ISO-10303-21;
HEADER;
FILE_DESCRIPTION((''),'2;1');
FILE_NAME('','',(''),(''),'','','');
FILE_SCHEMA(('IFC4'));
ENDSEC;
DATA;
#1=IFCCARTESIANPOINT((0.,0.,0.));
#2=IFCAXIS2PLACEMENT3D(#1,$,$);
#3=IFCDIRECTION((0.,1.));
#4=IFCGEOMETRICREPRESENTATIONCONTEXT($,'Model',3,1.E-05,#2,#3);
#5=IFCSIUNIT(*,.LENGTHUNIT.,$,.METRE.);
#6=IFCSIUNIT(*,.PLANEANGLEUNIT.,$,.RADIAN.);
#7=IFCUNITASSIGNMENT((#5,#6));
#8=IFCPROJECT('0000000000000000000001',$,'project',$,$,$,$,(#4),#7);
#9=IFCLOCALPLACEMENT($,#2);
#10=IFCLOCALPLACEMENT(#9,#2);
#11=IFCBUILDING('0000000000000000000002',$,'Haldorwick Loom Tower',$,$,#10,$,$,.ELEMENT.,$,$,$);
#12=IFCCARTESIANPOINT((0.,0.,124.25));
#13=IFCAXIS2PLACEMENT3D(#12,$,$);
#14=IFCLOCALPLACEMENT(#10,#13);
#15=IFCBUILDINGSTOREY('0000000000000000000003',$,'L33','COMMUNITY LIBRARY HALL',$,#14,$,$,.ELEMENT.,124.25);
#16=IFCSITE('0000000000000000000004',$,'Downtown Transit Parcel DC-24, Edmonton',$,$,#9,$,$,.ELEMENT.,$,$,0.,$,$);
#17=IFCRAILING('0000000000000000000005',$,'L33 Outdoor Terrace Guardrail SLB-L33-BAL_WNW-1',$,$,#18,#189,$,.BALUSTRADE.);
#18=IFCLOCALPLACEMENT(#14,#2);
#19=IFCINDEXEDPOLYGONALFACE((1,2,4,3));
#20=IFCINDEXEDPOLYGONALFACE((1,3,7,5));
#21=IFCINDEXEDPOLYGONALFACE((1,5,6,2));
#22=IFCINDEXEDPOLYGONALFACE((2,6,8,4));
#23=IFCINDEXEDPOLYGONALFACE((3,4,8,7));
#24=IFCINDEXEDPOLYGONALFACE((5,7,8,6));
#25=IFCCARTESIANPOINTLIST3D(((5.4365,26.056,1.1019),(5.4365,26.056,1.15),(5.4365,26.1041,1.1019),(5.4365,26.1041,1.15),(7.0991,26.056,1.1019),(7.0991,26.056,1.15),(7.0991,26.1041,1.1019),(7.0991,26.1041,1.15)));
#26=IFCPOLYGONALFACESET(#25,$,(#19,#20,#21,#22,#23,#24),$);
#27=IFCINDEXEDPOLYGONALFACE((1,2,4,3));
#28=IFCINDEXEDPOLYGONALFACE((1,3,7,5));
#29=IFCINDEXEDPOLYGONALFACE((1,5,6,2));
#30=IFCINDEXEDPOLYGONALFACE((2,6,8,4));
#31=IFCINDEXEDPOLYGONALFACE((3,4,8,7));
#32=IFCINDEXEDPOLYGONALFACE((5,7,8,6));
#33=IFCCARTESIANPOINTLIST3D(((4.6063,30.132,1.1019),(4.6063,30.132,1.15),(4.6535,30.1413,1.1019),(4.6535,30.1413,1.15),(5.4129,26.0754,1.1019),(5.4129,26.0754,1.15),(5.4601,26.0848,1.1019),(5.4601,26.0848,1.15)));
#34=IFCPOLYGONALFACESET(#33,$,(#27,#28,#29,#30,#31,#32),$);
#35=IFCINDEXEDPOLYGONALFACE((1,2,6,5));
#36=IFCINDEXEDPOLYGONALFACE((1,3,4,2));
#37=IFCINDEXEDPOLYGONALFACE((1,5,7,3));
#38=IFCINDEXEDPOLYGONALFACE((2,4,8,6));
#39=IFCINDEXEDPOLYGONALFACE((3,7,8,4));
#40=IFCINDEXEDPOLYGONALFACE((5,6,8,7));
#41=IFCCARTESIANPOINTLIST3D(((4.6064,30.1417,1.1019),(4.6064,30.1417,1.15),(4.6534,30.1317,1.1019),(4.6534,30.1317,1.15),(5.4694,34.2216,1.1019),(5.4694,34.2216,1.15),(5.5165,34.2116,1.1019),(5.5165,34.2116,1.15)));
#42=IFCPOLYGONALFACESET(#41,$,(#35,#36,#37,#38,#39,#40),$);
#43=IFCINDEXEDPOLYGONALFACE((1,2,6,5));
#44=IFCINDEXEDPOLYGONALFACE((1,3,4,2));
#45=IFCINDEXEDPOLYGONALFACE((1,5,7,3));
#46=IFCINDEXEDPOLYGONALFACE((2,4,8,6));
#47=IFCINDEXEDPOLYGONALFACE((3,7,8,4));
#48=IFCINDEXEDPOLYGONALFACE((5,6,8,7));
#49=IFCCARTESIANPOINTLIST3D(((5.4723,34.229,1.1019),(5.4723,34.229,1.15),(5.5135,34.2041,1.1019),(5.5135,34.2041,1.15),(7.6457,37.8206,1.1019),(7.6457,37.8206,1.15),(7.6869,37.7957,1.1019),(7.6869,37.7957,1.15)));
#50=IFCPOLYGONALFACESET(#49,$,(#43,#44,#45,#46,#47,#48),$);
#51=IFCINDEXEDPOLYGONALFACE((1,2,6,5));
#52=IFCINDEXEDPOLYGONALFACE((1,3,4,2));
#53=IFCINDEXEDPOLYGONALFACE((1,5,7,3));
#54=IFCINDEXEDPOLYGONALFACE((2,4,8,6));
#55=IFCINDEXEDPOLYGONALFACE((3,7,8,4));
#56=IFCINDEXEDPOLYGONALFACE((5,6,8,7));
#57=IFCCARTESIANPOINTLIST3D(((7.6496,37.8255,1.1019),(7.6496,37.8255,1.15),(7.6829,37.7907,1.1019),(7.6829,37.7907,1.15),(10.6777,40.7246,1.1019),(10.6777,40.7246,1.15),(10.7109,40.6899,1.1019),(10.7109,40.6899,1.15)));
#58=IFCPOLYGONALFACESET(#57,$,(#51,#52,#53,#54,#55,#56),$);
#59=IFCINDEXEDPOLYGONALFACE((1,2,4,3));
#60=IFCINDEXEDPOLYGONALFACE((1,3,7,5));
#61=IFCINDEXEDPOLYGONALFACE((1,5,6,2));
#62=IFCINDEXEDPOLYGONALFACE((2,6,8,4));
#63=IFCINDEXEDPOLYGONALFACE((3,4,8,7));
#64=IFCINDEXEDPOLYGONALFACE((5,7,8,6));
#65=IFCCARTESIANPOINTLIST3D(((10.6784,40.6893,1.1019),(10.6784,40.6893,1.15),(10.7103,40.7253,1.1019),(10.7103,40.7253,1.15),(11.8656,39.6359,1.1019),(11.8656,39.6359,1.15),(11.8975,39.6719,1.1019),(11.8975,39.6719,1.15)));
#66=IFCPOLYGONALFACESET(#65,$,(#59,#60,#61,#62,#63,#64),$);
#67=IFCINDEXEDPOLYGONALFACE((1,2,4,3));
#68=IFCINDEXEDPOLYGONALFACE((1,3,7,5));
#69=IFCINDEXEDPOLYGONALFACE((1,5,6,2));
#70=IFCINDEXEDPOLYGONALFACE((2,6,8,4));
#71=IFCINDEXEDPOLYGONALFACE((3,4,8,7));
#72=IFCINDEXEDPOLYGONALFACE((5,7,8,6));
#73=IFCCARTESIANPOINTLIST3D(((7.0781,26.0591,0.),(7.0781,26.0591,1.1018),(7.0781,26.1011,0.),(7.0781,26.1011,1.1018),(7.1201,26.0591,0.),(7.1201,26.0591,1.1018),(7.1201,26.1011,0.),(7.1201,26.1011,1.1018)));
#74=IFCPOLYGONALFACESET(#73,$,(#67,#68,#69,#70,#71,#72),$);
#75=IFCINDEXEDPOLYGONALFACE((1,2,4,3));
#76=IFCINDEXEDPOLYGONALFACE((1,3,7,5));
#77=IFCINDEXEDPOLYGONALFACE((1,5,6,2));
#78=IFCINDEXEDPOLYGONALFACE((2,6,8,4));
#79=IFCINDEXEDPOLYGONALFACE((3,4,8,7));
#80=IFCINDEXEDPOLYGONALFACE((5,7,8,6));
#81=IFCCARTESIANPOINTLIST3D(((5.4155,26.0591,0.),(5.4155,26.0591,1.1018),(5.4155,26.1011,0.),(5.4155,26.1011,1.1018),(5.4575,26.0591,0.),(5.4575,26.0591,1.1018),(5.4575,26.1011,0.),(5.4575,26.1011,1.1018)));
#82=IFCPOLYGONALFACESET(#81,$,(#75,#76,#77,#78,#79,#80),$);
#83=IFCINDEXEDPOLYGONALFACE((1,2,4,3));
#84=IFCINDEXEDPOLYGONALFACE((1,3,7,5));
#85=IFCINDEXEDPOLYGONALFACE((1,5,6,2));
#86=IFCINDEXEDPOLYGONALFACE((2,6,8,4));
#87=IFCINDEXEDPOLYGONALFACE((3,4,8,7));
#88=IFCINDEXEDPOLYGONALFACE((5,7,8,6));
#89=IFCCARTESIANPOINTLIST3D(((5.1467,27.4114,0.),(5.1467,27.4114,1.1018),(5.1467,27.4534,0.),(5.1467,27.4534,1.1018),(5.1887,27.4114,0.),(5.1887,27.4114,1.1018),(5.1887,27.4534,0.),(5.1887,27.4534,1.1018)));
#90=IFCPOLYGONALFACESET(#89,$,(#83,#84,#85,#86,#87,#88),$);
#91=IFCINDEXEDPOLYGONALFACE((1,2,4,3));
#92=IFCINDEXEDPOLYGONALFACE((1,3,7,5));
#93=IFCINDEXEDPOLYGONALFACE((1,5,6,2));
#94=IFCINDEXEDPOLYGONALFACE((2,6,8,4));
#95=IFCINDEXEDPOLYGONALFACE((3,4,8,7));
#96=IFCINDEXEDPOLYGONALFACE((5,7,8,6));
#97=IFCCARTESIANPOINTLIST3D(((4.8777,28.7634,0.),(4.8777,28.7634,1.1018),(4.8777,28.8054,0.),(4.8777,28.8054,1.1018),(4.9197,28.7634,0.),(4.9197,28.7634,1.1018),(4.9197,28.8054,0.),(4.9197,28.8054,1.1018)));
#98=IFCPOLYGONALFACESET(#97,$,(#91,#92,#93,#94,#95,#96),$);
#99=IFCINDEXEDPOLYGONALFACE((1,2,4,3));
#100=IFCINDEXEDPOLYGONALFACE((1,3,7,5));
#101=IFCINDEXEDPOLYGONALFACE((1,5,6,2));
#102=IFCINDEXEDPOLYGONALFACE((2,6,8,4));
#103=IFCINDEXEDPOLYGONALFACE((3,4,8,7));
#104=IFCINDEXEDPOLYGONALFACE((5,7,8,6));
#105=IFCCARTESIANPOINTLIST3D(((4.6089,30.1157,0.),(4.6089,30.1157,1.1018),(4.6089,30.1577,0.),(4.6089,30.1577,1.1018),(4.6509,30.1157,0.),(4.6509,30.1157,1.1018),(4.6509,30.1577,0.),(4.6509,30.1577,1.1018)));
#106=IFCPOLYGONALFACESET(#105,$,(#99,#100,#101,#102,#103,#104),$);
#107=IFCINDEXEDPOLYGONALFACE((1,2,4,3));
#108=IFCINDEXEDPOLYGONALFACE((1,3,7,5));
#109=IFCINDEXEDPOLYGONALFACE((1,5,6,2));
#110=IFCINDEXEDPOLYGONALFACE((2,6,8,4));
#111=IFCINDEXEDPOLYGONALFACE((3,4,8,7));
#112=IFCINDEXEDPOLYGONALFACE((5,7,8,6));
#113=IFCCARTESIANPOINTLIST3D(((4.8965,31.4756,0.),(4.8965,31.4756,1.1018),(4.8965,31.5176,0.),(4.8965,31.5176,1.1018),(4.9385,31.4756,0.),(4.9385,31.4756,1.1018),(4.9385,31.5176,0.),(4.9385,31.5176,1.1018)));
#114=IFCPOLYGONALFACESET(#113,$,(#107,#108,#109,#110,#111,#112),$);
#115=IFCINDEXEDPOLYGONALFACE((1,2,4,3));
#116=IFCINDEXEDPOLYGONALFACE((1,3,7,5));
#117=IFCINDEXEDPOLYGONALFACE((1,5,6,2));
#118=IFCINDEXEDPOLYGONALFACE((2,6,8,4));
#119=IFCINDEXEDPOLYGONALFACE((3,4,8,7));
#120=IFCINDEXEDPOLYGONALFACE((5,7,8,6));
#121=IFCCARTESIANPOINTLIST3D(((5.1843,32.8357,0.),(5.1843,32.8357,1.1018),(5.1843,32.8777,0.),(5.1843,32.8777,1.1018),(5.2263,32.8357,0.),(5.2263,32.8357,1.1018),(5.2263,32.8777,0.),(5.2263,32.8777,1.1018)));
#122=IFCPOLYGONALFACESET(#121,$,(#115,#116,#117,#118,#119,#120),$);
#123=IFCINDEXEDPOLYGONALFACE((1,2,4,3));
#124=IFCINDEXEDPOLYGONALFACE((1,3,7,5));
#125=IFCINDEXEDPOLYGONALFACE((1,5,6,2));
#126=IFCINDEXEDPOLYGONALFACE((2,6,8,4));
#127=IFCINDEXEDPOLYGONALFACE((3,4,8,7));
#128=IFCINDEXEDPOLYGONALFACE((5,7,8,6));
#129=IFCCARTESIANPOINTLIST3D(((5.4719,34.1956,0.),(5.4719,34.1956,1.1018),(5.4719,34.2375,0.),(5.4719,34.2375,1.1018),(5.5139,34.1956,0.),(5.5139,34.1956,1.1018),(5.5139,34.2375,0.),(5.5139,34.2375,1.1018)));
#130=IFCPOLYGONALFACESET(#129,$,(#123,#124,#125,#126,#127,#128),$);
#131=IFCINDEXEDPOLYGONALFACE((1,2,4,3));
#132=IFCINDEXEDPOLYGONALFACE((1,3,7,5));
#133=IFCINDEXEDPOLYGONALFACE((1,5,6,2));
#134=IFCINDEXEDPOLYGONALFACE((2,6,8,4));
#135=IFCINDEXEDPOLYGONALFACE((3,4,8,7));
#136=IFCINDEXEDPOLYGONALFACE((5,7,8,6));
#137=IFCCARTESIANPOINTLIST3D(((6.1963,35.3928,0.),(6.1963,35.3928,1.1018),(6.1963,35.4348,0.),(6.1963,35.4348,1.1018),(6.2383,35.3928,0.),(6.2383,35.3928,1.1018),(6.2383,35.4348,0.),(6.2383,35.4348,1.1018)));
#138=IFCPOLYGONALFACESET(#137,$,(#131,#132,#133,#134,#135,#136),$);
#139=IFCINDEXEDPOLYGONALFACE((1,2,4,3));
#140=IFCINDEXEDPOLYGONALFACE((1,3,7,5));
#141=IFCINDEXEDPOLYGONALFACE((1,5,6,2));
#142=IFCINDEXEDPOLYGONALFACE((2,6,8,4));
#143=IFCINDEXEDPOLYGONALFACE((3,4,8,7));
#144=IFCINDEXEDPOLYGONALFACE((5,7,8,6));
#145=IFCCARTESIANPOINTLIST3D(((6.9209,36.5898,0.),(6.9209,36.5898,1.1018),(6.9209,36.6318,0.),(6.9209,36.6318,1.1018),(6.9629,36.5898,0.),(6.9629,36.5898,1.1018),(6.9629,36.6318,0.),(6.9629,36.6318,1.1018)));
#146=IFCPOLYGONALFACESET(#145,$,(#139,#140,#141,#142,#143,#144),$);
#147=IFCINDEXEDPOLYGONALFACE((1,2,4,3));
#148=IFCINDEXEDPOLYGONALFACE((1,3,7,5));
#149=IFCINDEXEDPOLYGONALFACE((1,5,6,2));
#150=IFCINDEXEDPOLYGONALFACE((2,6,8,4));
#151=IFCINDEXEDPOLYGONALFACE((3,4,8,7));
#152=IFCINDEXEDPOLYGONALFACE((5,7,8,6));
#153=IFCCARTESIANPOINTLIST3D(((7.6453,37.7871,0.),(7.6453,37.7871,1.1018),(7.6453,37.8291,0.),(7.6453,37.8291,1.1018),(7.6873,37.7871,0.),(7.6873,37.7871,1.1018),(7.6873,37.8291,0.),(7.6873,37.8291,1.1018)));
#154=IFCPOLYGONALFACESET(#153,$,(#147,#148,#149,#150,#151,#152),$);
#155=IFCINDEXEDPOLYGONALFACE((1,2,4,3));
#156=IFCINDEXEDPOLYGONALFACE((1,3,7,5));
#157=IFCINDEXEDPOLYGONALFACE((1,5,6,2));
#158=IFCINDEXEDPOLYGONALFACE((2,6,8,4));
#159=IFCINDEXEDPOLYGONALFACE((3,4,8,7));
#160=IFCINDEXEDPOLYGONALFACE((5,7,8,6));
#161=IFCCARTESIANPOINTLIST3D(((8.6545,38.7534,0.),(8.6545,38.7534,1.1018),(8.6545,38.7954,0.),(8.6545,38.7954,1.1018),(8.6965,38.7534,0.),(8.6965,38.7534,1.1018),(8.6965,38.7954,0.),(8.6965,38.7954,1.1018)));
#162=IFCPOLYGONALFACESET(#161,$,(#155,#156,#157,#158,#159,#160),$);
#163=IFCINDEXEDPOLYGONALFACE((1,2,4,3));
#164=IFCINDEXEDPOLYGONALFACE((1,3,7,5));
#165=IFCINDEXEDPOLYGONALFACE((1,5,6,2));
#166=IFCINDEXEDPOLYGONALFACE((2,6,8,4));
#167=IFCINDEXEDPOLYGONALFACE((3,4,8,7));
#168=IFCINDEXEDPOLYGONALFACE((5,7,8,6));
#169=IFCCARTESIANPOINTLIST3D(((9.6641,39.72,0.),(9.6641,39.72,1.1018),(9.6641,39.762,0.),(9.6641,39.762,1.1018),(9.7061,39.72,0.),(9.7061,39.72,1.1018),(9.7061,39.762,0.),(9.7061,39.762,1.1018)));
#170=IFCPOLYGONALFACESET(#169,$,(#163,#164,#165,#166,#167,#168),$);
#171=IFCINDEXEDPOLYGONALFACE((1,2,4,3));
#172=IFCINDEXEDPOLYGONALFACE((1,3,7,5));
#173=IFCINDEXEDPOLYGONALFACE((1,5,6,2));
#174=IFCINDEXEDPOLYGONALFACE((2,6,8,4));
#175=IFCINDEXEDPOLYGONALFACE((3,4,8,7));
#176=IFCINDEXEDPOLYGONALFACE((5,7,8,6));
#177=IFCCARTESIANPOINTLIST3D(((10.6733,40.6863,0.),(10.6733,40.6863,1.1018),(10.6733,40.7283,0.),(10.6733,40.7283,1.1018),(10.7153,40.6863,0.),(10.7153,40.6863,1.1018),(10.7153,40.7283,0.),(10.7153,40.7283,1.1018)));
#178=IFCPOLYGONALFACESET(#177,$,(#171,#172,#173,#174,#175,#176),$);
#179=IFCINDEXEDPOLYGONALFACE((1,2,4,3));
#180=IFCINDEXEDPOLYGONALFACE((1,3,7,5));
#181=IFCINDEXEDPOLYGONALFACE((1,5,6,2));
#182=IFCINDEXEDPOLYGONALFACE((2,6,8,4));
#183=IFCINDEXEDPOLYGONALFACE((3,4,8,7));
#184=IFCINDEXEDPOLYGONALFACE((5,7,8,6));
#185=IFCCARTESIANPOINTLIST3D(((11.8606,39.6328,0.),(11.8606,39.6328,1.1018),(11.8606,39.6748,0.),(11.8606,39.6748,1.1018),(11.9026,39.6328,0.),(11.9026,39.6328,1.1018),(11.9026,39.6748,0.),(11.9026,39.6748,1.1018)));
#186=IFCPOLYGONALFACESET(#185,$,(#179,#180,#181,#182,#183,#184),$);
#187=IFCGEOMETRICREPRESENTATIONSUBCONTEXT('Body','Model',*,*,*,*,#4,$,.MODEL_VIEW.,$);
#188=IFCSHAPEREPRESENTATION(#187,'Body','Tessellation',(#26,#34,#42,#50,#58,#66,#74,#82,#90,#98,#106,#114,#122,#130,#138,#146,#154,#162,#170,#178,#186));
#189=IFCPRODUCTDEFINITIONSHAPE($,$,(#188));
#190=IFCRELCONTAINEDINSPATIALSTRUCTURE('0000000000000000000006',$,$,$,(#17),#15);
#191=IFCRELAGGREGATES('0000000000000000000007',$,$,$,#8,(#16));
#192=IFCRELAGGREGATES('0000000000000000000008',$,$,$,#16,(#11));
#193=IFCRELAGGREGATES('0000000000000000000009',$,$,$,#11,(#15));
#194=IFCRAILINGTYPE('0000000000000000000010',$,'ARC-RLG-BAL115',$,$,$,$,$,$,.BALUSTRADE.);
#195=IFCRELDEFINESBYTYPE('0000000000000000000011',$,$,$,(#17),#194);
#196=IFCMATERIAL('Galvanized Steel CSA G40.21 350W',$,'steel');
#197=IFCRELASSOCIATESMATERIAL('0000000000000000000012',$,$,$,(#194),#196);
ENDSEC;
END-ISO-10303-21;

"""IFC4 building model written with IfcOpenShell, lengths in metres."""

from ifc_helpers import new_model, si_unit, direction, frame, origin, origin_2d, place, context, subcontext, project, spatial, rectangle, extrude, material, type_object, element, save


model = new_model("IFC4")

# Units and contexts
model_context = context("Model", 3, precision=1e-05, world=origin(), true_north=direction((0.0, 1.0)))
body_context = subcontext(model_context, "Body", "Model", "MODEL_VIEW")
ifc_project = project(units=[si_unit("LENGTHUNIT", "METRE"), si_unit("PLANEANGLEUNIT", "RADIAN")], contexts=[model_context])

# Site, building, storey
site_placement = place(None, origin())
site = spatial("IfcSite", under=ifc_project, at=site_placement, Name="Downtown Transit Parcel DC-24, Edmonton", CompositionType="ELEMENT", RefElevation=0.0)
building_placement = place(site_placement, origin())
building = spatial("IfcBuilding", under=site, at=building_placement, Name="Haldorwick Loom Tower", CompositionType="ELEMENT")
storey_placement = place(building_placement, frame((0.0, 0.0, 124.25)))
storey = spatial("IfcBuildingStorey", under=building, at=storey_placement, Name="L33", Description="COMMUNITY LIBRARY HALL", CompositionType="ELEMENT", Elevation=124.25)

# Railing
ifc_material_1 = material(Name="Galvanized Steel CSA G40.21 350W", Category="steel")
railing_type = type_object("IfcRailingType", Name="ARC-RLG-BAL115", PredefinedType="BALUSTRADE", material=ifc_material_1)
railing_placement = place(storey_placement, frame((7.0991, 26.0801, 0.0)))
element("IfcRailing", 1, at=railing_placement, inside=storey, type_object=railing_type, Name="L33 Outdoor Terrace Guardrail SLB-L33-BAL_WNW-1", PredefinedType="BALUSTRADE", context=body_context, shape_type="SweptSolid", body=[
    extrude(rectangle(XDim=0.0481, YDim=0.0481, at=origin_2d()), frame((0.0, 0.0, 1.126), z_axis=(-1.0, 0.0, 0.0), x_axis=(0.0, -1.0, 0.0)), (0.0, 0.0, 1.0), 1.6626),
    extrude(rectangle(XDim=0.0481, YDim=0.0481, at=origin_2d()), frame((-1.6626, 0.0, 1.126), z_axis=(-0.195026, 0.980798, 0.0), x_axis=(-0.980798, -0.195026, 0.0)), (0.0, 0.0, 1.0), 4.136),
    extrude(rectangle(XDim=0.0481, YDim=0.0481, at=origin_2d()), frame((-2.4692, 4.0566, 1.126), z_axis=(0.206958, 0.97835, 0.0), x_axis=(-0.97835, 0.206958, 0.0)), (0.0, 0.0, 1.0), 4.1702),
    extrude(rectangle(XDim=0.0481, YDim=0.0481, at=origin_2d()), frame((-1.6062, 8.1365, 1.126), z_axis=(0.517716, 0.855552, 0.0), x_axis=(-0.855552, 0.517716, 0.0)), (0.0, 0.0, 1.0), 4.198),
    extrude(rectangle(XDim=0.0481, YDim=0.0481, at=origin_2d()), frame((0.5671, 11.728, 1.126), z_axis=(0.722314, 0.691565, 0.0), x_axis=(-0.691565, 0.722314, 0.0)), (0.0, 0.0, 1.0), 4.1921),
    extrude(rectangle(XDim=0.0481, YDim=0.0481, at=origin_2d()), frame((3.5952, 14.6272, 1.126), z_axis=(0.747995, -0.663705, 0.0), x_axis=(0.663705, 0.747995, 0.0)), (0.0, 0.0, 1.0), 1.5872),
    extrude(rectangle(XDim=0.042, YDim=0.042, at=origin_2d()), origin(), (0.0, 0.0, 1.0), 1.1018),
    extrude(rectangle(XDim=0.042, YDim=0.042, at=origin_2d()), frame((-1.6626, 0.0, 0.0)), (0.0, 0.0, 1.0), 1.1018),
    extrude(rectangle(XDim=0.042, YDim=0.042, at=origin_2d()), frame((-1.9314, 1.3523, 0.0)), (0.0, 0.0, 1.0), 1.1018),
    extrude(rectangle(XDim=0.042, YDim=0.042, at=origin_2d()), frame((-2.2004, 2.7043, 0.0)), (0.0, 0.0, 1.0), 1.1018),
    extrude(rectangle(XDim=0.042, YDim=0.042, at=origin_2d()), frame((-2.4692, 4.0566, 0.0)), (0.0, 0.0, 1.0), 1.1018),
    extrude(rectangle(XDim=0.042, YDim=0.042, at=origin_2d()), frame((-2.1816, 5.4165, 0.0)), (0.0, 0.0, 1.0), 1.1018),
    extrude(rectangle(XDim=0.042, YDim=0.042, at=origin_2d()), frame((-1.8938, 6.7766, 0.0)), (0.0, 0.0, 1.0), 1.1018),
    extrude(rectangle(XDim=0.042, YDim=0.042, at=origin_2d()), frame((-1.6062, 8.1365, 0.0)), (0.0, 0.0, 1.0), 1.1018),
    extrude(rectangle(XDim=0.042, YDim=0.042, at=origin_2d()), frame((-0.8818, 9.3337, 0.0)), (0.0, 0.0, 1.0), 1.1018),
    extrude(rectangle(XDim=0.042, YDim=0.042, at=origin_2d()), frame((-0.1572, 10.5308, 0.0)), (0.0, 0.0, 1.0), 1.1018),
    extrude(rectangle(XDim=0.042, YDim=0.042, at=origin_2d()), frame((0.5671, 11.728, 0.0)), (0.0, 0.0, 1.0), 1.1018),
    extrude(rectangle(XDim=0.042, YDim=0.042, at=origin_2d()), frame((1.5764, 12.6943, 0.0)), (0.0, 0.0, 1.0), 1.1018),
    extrude(rectangle(XDim=0.042, YDim=0.042, at=origin_2d()), frame((2.5859, 13.6609, 0.0)), (0.0, 0.0, 1.0), 1.1018),
    extrude(rectangle(XDim=0.042, YDim=0.042, at=origin_2d()), frame((3.5952, 14.6272, 0.0)), (0.0, 0.0, 1.0), 1.1018),
    extrude(rectangle(XDim=0.042, YDim=0.042, at=origin_2d()), frame((4.7825, 13.5737, 0.0)), (0.0, 0.0, 1.0), 1.1018),
])

save(model, "model.ifc")
